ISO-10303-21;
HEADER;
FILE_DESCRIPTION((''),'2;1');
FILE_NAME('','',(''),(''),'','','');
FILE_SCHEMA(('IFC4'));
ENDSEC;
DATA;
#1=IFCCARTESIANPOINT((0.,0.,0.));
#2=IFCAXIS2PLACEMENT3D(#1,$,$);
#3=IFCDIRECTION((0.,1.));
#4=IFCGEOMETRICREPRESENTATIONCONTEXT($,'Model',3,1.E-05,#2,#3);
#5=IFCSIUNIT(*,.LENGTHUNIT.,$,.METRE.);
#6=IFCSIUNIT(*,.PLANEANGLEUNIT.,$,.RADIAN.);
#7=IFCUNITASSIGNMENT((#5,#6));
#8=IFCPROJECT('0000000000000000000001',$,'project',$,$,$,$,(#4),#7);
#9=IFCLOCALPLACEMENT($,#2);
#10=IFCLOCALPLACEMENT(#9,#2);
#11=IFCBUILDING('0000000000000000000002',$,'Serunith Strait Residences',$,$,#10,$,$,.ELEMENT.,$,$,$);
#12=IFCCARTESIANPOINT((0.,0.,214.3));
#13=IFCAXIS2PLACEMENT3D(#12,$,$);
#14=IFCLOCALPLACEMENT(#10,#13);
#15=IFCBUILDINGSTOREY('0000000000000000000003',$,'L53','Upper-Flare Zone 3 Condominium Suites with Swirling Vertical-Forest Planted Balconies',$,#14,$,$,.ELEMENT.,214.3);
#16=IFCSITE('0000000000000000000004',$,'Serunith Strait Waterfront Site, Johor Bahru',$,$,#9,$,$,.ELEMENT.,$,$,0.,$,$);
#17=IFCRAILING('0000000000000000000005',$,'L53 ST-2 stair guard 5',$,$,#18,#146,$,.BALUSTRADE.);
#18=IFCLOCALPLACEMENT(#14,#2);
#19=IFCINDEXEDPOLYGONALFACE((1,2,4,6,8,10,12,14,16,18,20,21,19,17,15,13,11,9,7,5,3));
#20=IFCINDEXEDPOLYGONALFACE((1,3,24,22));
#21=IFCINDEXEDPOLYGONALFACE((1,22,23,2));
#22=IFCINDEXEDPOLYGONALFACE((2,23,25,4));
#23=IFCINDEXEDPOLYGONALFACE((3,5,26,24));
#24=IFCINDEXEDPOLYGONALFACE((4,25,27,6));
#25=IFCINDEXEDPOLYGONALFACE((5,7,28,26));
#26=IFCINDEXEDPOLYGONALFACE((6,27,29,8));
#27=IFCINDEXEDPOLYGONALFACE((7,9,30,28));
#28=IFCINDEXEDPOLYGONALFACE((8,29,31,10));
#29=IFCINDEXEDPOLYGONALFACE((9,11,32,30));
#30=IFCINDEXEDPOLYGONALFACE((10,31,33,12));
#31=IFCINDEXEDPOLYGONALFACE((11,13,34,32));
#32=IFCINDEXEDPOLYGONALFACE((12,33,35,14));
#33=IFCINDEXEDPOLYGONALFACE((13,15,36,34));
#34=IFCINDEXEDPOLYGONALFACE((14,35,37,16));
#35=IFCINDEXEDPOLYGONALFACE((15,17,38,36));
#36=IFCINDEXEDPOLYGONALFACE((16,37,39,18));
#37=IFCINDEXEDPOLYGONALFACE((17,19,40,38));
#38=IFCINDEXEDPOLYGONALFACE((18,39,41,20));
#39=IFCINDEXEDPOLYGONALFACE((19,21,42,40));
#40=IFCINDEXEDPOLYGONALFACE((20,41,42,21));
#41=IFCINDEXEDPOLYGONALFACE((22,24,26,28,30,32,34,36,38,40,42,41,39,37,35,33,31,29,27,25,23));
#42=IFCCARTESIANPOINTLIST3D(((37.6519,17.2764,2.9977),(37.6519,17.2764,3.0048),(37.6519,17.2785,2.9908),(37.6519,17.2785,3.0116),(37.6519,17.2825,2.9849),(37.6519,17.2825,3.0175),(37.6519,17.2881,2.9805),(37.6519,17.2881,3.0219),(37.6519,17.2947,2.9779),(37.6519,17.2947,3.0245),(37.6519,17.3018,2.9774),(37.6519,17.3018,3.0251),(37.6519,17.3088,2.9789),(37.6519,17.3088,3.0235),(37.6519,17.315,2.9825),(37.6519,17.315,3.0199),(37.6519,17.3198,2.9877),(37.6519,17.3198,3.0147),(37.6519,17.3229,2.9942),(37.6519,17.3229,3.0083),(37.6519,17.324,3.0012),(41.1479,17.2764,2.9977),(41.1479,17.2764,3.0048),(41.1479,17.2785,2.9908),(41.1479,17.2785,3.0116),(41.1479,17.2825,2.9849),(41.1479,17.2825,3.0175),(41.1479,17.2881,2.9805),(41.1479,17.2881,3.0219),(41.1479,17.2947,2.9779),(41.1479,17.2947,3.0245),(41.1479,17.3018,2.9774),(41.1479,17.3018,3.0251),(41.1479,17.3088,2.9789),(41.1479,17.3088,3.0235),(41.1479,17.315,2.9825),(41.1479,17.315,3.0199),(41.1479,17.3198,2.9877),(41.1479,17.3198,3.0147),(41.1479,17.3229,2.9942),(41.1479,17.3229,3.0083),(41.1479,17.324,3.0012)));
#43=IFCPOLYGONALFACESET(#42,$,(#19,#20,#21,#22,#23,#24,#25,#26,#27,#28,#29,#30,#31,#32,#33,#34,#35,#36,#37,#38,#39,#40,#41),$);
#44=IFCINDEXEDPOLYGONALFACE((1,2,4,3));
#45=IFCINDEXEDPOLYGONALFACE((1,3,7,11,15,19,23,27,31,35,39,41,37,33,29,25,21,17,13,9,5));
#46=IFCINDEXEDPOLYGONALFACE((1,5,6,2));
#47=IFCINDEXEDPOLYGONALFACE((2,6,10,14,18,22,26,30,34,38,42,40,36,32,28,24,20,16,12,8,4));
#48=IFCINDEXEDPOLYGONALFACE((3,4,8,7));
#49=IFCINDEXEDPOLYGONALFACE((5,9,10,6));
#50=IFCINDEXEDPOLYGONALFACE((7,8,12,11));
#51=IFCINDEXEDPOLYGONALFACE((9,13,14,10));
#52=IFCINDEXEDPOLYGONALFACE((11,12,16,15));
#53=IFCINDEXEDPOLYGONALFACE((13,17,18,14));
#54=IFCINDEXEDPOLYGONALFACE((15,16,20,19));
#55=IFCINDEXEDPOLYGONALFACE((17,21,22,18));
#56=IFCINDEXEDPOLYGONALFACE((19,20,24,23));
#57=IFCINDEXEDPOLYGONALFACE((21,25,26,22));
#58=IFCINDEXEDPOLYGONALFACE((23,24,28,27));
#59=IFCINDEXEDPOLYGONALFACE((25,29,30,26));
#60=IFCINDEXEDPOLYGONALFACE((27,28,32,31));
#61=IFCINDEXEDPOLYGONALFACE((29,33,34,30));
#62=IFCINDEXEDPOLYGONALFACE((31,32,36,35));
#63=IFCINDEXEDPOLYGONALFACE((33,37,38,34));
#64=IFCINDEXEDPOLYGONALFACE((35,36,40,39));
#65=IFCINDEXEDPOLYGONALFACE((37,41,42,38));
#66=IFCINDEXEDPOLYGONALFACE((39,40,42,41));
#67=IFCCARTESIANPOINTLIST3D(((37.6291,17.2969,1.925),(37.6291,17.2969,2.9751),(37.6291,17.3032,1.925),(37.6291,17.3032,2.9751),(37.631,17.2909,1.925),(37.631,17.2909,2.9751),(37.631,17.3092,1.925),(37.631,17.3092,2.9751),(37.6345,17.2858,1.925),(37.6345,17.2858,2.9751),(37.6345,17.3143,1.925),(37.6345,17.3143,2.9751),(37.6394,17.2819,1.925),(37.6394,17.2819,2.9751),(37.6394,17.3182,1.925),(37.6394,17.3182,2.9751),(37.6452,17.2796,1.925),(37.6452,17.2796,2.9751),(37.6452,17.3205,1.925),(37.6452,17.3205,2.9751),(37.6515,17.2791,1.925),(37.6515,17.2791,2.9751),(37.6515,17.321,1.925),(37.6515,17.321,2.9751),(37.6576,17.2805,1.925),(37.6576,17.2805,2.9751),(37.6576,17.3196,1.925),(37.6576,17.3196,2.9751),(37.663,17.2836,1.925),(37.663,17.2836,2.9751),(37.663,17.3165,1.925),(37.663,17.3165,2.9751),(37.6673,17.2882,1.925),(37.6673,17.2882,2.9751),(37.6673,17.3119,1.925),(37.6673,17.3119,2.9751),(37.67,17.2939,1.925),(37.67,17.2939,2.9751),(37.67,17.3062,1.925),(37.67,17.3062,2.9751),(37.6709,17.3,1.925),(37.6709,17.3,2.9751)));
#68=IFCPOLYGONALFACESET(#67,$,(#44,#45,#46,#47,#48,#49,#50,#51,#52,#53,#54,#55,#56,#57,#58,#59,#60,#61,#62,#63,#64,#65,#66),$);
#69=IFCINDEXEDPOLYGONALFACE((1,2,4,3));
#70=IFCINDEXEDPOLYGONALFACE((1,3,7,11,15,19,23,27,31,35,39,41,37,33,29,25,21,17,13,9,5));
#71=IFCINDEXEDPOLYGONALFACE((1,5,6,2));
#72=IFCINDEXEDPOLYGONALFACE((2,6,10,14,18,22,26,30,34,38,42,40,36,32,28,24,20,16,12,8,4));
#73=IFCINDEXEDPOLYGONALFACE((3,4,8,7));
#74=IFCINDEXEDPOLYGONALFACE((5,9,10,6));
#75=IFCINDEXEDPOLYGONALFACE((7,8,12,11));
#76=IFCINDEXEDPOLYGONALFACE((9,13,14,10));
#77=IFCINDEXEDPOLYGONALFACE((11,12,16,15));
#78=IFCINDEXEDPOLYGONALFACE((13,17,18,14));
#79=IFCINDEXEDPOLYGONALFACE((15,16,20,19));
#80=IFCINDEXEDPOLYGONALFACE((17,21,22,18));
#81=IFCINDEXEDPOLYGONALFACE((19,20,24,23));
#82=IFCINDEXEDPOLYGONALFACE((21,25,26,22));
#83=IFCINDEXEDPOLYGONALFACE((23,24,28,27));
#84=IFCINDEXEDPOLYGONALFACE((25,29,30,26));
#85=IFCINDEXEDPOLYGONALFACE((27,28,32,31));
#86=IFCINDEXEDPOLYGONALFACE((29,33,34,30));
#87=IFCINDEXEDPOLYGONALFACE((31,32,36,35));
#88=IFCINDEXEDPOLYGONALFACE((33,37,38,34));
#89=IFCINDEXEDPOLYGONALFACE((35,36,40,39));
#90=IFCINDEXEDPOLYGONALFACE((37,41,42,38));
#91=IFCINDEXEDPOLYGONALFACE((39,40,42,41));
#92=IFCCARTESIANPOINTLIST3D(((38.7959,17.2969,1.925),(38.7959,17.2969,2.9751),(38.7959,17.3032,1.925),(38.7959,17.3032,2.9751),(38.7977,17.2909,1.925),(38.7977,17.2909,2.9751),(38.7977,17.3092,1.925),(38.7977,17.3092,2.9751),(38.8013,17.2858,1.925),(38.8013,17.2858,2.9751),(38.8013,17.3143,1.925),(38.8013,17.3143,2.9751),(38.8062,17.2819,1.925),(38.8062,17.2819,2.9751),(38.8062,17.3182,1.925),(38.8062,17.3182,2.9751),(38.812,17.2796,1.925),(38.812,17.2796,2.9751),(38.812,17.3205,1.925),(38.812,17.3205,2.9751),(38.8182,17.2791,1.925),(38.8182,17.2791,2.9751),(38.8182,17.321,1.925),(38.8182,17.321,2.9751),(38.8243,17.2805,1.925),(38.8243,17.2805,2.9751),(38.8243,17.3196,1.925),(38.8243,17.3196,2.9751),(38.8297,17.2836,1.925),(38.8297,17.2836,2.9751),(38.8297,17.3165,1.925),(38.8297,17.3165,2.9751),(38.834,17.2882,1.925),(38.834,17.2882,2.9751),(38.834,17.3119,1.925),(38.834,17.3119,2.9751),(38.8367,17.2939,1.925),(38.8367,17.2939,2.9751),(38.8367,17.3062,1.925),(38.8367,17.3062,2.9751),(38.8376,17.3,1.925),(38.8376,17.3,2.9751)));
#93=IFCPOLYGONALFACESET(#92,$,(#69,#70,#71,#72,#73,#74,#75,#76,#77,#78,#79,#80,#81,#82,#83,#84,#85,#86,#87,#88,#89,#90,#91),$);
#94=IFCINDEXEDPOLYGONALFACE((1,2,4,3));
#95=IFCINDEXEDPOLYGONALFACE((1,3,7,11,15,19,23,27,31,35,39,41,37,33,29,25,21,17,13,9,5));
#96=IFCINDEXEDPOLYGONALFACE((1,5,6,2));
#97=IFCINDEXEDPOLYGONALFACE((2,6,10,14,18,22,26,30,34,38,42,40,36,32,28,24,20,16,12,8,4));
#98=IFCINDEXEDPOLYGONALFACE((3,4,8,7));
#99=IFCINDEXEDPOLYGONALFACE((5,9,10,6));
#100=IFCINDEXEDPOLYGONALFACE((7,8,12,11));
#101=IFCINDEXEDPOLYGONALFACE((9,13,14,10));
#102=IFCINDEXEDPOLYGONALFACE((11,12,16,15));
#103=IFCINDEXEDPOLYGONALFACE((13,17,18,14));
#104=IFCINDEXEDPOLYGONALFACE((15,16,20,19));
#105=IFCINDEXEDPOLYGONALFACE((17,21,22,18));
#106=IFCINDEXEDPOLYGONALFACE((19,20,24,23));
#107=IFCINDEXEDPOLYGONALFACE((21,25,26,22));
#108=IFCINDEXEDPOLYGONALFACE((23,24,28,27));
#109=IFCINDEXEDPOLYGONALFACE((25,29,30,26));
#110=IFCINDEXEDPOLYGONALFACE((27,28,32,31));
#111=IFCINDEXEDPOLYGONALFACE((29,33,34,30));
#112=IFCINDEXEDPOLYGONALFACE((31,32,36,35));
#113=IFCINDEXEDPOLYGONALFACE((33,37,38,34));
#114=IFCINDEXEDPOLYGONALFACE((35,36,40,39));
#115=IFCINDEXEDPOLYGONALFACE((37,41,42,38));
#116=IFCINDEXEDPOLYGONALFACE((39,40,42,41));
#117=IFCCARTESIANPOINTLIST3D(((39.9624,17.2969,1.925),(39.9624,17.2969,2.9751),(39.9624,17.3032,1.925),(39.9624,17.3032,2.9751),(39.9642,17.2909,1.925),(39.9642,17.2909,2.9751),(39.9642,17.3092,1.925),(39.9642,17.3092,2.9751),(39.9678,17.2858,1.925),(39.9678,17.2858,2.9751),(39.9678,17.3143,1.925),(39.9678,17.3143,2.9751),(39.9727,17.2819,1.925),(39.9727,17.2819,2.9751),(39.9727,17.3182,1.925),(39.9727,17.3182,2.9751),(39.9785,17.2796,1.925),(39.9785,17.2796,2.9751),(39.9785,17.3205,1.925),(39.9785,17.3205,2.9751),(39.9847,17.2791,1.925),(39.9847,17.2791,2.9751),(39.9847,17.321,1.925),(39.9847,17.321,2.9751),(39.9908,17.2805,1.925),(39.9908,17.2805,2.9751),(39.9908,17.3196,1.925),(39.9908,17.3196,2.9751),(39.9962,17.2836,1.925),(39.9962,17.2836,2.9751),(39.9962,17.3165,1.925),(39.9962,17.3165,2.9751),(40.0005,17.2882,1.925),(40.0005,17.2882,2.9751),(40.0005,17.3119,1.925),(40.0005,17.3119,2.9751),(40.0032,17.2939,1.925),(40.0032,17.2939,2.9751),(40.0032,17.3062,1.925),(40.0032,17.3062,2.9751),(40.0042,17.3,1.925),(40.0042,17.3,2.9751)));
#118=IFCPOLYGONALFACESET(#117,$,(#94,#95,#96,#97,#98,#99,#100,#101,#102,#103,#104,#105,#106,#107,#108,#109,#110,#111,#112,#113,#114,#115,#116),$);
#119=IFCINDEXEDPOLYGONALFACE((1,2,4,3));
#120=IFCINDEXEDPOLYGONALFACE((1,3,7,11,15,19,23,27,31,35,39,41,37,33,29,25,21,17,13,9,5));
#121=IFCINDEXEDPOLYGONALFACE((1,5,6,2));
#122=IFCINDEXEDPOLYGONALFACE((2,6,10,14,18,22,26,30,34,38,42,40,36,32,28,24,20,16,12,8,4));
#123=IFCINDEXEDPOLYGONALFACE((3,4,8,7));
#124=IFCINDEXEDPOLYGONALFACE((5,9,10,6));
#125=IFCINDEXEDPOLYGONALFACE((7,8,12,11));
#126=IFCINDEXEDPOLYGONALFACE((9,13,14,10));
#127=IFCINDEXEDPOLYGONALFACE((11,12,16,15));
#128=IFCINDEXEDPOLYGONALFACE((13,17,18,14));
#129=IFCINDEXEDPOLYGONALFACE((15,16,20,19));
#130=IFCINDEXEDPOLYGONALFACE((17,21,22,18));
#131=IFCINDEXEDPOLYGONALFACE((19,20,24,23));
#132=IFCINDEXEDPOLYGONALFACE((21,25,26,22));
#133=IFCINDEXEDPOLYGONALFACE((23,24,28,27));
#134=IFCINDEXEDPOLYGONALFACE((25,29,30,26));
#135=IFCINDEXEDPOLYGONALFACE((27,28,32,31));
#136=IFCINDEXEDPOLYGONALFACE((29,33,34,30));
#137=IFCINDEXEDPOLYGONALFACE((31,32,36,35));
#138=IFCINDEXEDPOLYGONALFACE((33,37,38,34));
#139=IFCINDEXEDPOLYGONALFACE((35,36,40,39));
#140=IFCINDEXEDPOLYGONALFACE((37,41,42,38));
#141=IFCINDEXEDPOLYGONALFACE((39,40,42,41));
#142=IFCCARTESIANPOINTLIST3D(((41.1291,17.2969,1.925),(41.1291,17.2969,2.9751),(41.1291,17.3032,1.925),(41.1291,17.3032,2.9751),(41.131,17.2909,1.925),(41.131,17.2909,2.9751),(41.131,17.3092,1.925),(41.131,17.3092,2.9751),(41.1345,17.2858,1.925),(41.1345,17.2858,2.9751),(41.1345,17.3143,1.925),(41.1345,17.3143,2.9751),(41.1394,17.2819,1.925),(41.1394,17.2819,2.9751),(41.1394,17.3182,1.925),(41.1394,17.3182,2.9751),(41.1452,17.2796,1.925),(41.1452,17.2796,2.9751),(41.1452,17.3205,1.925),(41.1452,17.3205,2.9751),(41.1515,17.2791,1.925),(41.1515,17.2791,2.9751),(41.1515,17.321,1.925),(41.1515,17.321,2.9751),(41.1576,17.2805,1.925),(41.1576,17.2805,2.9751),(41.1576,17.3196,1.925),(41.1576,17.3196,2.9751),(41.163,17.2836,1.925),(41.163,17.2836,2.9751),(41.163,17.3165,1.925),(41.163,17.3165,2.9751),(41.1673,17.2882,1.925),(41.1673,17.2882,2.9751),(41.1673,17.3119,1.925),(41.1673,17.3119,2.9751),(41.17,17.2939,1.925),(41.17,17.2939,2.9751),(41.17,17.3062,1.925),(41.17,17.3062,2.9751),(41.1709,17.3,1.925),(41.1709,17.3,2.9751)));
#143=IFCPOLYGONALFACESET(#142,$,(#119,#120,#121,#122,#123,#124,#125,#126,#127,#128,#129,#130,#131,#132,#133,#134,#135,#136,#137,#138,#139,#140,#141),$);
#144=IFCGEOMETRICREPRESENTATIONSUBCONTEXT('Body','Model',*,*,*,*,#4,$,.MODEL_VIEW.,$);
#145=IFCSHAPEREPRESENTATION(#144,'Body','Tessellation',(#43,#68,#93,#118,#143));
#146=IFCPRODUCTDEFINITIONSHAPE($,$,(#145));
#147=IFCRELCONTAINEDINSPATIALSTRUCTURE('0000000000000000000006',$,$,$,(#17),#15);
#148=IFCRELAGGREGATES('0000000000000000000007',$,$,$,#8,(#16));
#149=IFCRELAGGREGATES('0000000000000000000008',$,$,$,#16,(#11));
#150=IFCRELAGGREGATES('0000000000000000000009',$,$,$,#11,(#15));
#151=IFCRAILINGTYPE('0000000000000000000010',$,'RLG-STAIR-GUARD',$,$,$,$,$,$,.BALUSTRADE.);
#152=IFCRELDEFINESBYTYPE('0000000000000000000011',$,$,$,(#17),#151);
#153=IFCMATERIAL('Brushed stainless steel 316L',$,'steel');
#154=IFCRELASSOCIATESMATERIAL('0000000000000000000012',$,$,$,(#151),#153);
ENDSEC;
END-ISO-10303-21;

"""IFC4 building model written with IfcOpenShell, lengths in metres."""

from ifc_helpers import new_model, si_unit, direction, frame, origin, origin_2d, place, context, subcontext, project, spatial, circle, extrude, material, type_object, element, save


model = new_model("IFC4")

# Units and contexts
model_context = context("Model", 3, precision=1e-05, world=origin(), true_north=direction((0.0, 1.0)))
body_context = subcontext(model_context, "Body", "Model", "MODEL_VIEW")
ifc_project = project(units=[si_unit("LENGTHUNIT", "METRE"), si_unit("PLANEANGLEUNIT", "RADIAN")], contexts=[model_context])

# Site, building, storey
site_placement = place(None, origin())
site = spatial("IfcSite", under=ifc_project, at=site_placement, Name="Serunith Strait Waterfront Site, Johor Bahru", CompositionType="ELEMENT", RefElevation=0.0)
building_placement = place(site_placement, origin())
building = spatial("IfcBuilding", under=site, at=building_placement, Name="Serunith Strait Residences", CompositionType="ELEMENT")
storey_placement = place(building_placement, frame((0.0, 0.0, 214.3)))
storey = spatial("IfcBuildingStorey", under=building, at=storey_placement, Name="L53", Description="Upper-Flare Zone 3 Condominium Suites with Swirling Vertical-Forest Planted Balconies", CompositionType="ELEMENT", Elevation=214.3)

# Railing
ifc_material_1 = material(Name="Brushed stainless steel 316L", Category="steel")
railing_type_1 = type_object("IfcRailingType", Name="RLG-STAIR-GUARD", PredefinedType="BALUSTRADE", material=ifc_material_1)
railing_1_placement = place(storey_placement, frame((37.6499, 17.3, 1.925)))
element("IfcRailing", 1, at=railing_1_placement, inside=storey, type_object=railing_type_1, Name="L53 ST-2 stair guard 5", PredefinedType="BALUSTRADE", context=body_context, shape_type="SweptSolid", body=[
    extrude(circle(Radius=0.0239, at=origin_2d()), frame((0.002, 0.0, 1.0762), z_axis=(1.0, 0.0, 0.0), x_axis=(0.0, 1.0, 0.0)), (0.0, 0.0, 1.0), 3.4961),
    extrude(circle(Radius=0.021, at=origin_2d()), origin(), (0.0, 0.0, 1.0), 1.05),
    extrude(circle(Radius=0.021, at=origin_2d()), frame((1.1667, 0.0, 0.0)), (0.0, 0.0, 1.0), 1.05),
    extrude(circle(Radius=0.021, at=origin_2d()), frame((2.3333, 0.0, 0.0)), (0.0, 0.0, 1.0), 1.05),
    extrude(circle(Radius=0.021, at=origin_2d()), frame((3.5, 0.0, 0.0)), (0.0, 0.0, 1.0), 1.05),
])

save(model, "model.ifc")
